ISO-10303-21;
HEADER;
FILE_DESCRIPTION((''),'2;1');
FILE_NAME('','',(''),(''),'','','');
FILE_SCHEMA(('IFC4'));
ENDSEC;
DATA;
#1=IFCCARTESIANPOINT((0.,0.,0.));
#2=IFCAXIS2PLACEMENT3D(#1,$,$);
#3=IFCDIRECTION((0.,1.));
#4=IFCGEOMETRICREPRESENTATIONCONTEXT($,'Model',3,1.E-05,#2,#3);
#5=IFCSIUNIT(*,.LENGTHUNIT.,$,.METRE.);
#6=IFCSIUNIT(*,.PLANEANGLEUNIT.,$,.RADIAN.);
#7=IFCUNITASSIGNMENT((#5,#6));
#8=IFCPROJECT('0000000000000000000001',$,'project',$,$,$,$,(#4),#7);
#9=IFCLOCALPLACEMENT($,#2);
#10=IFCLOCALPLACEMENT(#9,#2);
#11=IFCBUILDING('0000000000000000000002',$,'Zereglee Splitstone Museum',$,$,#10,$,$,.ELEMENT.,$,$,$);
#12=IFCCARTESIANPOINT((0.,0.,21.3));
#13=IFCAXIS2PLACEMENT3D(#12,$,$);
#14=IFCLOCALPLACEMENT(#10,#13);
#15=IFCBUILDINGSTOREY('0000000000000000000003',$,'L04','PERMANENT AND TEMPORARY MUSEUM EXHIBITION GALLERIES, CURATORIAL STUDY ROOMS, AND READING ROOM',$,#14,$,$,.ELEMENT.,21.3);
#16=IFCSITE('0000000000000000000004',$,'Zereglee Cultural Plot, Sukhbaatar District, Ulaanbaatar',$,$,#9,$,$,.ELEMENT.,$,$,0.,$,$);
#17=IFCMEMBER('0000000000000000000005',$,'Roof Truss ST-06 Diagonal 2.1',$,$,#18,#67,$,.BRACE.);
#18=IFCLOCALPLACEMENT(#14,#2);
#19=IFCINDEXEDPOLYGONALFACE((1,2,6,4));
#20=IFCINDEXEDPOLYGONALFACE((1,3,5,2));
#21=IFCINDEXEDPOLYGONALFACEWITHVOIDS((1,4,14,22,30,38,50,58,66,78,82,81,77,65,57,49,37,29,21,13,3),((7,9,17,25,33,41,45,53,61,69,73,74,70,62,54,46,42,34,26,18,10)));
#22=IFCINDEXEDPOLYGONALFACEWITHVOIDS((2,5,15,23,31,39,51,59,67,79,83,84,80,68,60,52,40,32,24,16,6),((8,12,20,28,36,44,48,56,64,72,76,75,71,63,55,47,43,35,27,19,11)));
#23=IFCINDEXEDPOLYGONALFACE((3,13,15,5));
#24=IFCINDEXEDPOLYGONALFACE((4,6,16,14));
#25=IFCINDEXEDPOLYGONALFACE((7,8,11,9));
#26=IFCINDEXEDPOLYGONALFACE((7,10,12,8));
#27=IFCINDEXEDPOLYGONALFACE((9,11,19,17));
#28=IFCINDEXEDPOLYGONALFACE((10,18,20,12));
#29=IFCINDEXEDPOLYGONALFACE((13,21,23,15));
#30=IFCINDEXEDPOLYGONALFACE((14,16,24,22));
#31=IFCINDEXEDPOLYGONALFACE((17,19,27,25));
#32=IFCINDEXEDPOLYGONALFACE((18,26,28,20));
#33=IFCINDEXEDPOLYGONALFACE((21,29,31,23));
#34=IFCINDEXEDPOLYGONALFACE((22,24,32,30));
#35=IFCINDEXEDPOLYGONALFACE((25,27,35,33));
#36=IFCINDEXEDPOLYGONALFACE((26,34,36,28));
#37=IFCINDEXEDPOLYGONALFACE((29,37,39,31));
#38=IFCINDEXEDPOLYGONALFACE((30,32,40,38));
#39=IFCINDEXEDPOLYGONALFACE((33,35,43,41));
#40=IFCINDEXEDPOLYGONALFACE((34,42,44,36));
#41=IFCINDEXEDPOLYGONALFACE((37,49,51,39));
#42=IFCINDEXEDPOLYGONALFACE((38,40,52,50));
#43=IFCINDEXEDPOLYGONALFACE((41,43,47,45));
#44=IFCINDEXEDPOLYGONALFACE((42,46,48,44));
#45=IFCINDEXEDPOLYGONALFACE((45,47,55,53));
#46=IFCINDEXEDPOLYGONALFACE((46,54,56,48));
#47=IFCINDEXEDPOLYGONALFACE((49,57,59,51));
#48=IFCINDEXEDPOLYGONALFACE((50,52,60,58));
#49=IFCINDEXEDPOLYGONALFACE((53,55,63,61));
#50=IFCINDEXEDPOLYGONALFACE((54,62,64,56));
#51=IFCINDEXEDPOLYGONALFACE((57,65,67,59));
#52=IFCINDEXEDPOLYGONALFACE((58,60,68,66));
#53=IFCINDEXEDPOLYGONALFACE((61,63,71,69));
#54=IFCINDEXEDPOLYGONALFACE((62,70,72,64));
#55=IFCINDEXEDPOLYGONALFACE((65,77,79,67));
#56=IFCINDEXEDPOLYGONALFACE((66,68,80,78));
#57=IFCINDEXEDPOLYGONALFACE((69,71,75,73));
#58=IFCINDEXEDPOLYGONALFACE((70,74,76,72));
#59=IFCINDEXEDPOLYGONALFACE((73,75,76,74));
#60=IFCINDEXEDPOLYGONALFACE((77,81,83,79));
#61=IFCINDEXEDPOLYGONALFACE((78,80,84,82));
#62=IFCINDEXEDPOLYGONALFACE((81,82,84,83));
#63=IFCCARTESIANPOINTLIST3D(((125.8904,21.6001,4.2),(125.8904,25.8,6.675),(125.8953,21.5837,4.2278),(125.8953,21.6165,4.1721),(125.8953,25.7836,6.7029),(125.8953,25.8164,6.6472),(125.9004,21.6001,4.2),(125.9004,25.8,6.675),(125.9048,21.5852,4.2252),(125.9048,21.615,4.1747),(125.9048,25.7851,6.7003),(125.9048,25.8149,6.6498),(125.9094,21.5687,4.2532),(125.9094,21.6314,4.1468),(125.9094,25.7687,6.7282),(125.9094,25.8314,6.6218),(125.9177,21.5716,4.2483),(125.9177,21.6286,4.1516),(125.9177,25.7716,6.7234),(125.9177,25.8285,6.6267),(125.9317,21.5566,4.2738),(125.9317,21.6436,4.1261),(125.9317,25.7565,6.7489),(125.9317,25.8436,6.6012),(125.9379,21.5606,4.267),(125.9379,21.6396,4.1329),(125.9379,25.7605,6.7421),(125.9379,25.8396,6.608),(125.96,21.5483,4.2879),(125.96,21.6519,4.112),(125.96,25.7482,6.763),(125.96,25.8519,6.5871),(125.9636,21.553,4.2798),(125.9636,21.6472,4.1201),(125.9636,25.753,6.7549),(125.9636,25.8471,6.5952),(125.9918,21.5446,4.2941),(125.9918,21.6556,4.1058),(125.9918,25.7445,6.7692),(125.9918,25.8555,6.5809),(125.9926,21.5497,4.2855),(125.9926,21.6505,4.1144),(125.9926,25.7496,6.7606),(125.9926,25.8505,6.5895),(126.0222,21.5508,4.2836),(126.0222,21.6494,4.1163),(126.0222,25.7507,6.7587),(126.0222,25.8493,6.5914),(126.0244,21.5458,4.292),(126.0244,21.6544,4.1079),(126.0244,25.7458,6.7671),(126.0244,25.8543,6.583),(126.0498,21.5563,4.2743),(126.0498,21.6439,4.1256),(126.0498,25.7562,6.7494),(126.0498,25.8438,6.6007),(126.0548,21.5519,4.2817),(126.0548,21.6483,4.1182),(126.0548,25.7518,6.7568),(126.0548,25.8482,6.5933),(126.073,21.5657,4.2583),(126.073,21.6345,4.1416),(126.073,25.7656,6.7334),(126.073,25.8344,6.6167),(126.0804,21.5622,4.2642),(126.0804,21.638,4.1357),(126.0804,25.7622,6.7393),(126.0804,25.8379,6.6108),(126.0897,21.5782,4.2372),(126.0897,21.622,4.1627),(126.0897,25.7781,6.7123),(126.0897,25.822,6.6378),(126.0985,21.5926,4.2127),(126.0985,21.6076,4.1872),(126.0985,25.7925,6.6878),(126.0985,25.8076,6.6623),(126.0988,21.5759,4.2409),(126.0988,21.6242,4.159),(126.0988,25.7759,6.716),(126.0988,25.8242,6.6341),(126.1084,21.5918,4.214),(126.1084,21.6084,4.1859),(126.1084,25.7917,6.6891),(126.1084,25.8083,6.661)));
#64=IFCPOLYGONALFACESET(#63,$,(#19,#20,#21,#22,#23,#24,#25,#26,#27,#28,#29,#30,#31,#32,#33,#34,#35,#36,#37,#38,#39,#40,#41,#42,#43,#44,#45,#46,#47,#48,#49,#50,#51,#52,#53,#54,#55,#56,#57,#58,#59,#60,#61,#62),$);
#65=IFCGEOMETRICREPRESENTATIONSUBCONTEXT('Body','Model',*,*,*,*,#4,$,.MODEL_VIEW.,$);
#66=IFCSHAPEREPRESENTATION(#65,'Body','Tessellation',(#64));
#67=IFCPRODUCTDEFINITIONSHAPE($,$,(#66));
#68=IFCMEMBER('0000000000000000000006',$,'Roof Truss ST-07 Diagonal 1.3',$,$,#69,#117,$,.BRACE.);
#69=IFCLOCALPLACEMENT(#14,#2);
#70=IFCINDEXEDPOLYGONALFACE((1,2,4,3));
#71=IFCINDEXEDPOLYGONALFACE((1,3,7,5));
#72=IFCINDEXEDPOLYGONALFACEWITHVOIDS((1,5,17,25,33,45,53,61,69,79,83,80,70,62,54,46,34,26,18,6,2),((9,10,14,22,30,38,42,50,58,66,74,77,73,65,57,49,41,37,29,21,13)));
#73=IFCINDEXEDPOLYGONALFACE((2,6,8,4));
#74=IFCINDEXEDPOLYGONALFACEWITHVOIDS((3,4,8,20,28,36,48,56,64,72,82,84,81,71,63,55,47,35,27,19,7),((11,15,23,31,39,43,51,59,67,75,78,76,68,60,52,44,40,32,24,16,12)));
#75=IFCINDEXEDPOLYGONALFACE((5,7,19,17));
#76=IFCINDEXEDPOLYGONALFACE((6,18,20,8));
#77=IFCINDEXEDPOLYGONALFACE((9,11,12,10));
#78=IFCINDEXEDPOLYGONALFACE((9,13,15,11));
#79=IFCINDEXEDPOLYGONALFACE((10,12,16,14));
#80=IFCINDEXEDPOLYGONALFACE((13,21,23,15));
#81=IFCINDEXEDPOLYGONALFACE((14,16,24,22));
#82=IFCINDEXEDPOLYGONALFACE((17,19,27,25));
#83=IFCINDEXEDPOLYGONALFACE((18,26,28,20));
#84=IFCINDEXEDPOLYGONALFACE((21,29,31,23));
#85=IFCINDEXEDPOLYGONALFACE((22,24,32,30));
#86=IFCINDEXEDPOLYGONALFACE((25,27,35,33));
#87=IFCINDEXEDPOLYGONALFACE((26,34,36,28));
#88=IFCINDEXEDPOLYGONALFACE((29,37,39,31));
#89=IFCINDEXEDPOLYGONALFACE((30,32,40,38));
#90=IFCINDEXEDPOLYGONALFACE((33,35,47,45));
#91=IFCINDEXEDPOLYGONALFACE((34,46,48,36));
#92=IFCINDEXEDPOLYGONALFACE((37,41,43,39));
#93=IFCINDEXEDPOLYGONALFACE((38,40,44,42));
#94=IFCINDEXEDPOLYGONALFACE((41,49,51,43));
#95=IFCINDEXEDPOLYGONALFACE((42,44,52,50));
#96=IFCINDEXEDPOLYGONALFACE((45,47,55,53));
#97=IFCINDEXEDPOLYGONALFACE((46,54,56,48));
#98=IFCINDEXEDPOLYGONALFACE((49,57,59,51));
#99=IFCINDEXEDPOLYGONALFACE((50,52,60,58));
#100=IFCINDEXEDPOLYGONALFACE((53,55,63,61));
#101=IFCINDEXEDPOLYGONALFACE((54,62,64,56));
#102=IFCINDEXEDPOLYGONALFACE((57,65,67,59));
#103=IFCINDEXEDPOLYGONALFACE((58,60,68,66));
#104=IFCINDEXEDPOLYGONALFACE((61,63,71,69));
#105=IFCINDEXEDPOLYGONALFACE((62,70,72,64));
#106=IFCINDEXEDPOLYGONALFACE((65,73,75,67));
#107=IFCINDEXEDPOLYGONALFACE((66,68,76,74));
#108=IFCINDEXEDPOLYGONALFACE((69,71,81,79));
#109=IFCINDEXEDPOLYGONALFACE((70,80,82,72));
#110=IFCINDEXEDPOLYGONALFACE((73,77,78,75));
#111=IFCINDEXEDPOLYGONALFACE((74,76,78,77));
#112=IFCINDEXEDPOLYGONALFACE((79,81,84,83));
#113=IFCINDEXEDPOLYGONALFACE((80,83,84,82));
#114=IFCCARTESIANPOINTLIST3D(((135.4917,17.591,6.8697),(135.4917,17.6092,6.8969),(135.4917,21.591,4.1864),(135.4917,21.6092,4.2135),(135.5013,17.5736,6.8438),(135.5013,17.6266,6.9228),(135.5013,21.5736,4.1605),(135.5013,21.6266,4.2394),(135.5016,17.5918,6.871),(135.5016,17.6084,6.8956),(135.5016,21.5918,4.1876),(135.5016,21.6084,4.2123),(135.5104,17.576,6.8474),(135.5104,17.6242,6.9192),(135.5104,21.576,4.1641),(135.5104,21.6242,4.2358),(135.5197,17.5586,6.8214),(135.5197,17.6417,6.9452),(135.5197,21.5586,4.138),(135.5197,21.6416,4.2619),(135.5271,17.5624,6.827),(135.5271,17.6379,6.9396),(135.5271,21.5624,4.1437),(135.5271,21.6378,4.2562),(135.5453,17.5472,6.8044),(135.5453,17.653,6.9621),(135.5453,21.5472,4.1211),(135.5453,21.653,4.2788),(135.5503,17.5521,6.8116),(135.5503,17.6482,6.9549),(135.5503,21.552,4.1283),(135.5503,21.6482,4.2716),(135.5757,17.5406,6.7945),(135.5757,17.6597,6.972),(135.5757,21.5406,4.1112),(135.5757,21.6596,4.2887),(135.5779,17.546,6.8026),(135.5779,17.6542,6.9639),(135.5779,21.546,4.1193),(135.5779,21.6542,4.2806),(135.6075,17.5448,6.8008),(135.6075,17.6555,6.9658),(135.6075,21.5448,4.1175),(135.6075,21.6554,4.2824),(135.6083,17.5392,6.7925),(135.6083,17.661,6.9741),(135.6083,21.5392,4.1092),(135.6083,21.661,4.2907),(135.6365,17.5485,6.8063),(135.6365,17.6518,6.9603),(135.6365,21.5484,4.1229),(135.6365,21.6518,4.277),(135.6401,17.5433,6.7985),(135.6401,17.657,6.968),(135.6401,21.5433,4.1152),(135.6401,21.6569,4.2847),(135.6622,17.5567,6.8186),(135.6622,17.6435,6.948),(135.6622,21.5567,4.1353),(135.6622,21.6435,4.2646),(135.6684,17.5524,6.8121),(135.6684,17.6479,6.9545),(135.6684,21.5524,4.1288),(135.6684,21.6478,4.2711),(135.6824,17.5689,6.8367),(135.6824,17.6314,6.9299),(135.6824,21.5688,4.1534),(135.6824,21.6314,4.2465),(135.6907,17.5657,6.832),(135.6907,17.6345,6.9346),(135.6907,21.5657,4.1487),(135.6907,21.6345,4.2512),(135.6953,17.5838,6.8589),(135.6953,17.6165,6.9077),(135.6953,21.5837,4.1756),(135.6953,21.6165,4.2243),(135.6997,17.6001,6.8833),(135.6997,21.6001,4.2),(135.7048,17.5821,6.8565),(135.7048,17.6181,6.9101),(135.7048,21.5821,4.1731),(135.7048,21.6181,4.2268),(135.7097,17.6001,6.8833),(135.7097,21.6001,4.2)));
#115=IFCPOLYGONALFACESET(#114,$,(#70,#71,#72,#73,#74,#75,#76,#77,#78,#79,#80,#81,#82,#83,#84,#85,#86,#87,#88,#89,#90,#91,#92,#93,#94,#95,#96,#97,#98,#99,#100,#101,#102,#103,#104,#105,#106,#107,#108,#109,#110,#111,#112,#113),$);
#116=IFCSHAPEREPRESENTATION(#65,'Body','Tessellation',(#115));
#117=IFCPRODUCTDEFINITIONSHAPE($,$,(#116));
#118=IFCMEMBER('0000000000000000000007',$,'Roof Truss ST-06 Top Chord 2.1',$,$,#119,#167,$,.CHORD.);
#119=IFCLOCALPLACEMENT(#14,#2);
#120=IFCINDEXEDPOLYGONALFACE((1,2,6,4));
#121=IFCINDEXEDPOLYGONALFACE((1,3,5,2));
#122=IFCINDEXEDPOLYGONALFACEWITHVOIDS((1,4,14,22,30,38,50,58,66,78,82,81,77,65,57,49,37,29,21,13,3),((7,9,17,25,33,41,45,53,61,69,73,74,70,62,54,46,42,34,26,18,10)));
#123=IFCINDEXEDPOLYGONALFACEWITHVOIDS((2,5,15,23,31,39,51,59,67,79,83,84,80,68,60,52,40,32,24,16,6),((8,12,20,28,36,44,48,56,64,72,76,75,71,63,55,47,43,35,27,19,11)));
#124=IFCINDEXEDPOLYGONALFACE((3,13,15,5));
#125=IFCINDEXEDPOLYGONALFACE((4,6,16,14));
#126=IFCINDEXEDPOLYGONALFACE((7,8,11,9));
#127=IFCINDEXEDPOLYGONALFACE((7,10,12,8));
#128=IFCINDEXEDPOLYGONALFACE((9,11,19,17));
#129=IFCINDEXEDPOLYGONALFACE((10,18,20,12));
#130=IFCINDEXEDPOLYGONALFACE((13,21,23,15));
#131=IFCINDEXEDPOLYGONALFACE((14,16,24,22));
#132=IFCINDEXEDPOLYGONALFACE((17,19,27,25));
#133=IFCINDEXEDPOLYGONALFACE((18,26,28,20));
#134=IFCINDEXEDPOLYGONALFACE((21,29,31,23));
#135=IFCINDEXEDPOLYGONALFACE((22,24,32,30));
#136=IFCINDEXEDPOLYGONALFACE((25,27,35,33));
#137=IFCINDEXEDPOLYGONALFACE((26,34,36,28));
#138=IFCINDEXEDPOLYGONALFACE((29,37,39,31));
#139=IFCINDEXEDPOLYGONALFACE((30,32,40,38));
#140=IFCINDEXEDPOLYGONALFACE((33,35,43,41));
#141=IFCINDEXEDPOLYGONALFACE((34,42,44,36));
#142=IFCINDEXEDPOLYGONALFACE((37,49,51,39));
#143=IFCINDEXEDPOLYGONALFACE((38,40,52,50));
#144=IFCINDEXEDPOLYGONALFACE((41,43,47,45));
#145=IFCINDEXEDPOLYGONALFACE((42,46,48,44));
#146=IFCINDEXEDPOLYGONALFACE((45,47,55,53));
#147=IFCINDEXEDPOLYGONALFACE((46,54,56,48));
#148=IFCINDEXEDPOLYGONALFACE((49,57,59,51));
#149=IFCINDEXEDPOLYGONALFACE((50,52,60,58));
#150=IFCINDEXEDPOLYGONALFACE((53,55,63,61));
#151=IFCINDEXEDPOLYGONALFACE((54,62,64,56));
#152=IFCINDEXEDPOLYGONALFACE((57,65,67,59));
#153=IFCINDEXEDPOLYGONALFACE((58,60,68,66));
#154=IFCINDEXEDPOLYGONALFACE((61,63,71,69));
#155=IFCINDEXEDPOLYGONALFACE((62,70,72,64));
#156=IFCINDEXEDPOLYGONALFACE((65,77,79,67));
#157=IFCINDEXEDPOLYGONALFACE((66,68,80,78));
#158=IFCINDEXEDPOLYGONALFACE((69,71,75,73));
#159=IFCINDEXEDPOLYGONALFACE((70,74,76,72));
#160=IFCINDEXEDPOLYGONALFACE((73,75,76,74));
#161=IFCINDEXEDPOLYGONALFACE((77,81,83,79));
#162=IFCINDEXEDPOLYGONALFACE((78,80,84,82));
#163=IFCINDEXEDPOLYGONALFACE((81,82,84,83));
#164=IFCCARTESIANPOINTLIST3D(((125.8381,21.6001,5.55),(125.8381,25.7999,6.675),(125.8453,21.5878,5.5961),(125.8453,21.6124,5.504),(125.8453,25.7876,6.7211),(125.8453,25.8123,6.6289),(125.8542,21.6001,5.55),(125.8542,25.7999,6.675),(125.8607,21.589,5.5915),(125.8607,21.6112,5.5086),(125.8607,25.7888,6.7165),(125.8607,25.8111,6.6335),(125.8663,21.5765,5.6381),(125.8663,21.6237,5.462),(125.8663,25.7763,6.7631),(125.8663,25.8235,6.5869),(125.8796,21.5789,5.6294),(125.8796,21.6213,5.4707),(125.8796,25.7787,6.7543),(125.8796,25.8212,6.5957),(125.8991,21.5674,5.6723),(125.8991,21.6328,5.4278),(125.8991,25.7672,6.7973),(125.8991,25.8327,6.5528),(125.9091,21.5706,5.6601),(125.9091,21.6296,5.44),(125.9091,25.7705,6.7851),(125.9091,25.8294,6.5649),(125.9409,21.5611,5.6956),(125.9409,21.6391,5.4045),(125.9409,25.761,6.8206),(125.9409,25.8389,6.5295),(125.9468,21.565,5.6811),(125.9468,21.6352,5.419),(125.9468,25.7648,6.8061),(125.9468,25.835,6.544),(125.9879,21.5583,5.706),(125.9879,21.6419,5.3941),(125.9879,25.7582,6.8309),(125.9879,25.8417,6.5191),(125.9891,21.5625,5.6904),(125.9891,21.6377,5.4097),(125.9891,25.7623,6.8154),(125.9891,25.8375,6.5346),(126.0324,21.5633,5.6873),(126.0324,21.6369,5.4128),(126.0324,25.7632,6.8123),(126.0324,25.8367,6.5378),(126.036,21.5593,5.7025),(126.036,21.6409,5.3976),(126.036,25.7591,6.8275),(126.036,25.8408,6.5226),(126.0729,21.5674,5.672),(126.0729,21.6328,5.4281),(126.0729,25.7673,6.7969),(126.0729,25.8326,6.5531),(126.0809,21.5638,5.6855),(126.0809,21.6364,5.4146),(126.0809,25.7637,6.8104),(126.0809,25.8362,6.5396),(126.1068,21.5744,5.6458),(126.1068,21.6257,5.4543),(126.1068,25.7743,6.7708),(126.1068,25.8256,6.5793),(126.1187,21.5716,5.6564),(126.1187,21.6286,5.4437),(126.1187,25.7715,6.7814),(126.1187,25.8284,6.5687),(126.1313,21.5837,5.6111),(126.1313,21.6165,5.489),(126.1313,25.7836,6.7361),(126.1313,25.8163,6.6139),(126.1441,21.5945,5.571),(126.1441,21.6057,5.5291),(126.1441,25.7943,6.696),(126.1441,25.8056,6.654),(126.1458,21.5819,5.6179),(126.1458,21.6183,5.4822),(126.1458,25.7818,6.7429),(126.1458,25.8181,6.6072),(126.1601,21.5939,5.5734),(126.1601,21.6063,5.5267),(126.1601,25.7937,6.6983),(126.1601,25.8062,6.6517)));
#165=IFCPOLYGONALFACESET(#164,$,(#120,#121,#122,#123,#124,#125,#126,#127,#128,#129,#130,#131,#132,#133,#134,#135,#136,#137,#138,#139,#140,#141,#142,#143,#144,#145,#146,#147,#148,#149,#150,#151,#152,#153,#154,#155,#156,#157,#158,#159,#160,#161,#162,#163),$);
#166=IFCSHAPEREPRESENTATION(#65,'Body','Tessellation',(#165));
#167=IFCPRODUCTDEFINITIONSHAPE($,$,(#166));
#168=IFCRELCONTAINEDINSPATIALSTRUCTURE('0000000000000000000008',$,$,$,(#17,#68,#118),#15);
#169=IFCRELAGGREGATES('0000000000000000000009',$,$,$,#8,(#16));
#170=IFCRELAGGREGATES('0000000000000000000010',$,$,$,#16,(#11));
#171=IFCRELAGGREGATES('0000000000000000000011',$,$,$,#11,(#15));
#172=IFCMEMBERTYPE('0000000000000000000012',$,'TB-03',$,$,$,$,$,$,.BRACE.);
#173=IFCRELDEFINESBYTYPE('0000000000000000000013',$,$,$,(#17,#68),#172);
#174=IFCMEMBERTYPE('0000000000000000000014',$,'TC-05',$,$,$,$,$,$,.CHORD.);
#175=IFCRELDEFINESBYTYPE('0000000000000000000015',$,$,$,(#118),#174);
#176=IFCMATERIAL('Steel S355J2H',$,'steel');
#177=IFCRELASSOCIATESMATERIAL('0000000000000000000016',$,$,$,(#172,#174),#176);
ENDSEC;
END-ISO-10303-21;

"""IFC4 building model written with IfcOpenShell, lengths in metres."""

from ifc_helpers import new_model, si_unit, direction, frame, origin, origin_2d, place, context, subcontext, project, spatial, hollow_circle, extrude, material, material_profile, profile_set, type_object, element, save


model = new_model("IFC4")

# Units and contexts
model_context = context("Model", 3, precision=1e-05, world=origin(), true_north=direction((0.0, 1.0)))
body_context = subcontext(model_context, "Body", "Model", "MODEL_VIEW")
ifc_project = project(units=[si_unit("LENGTHUNIT", "METRE"), si_unit("PLANEANGLEUNIT", "RADIAN")], contexts=[model_context])

# Site, building, storey
site_placement = place(None, origin())
site = spatial("IfcSite", under=ifc_project, at=site_placement, Name="Zereglee Cultural Plot, Sukhbaatar District, Ulaanbaatar", CompositionType="ELEMENT", RefElevation=0.0)
building_placement = place(site_placement, origin())
building = spatial("IfcBuilding", under=site, at=building_placement, Name="Zereglee Splitstone Museum", CompositionType="ELEMENT")
storey_placement = place(building_placement, frame((0.0, 0.0, 21.3)))
storey = spatial("IfcBuildingStorey", under=building, at=storey_placement, Name="L04", Description="PERMANENT AND TEMPORARY MUSEUM EXHIBITION GALLERIES, CURATORIAL STUDY ROOMS, AND READING ROOM", CompositionType="ELEMENT", Elevation=21.3)

# Shared definitions
ifc_material_1 = material(Name="Steel S355J2H", Category="steel")

# Members
ifc_material_profile_1 = material_profile(ifc_material_1, hollow_circle(Radius=0.1096, WallThickness=0.01, at=origin_2d()), Name="CHS 219.1x10")
ifc_profile_set_1 = profile_set([ifc_material_profile_1], Name="Steel S355J2H")
member_type_1 = type_object("IfcMemberType", Name="TB-03", PredefinedType="BRACE", material=ifc_profile_set_1)
member_1_placement = place(storey_placement, frame((126.0, 21.6001, 4.2), z_axis=(0.0, 0.861527, 0.507712), x_axis=(-1.0, 0.0, 0.0)))
element("IfcMember", 1, at=member_1_placement, inside=storey, type_object=member_type_1, Name="Roof Truss ST-06 Diagonal 2.1", PredefinedType="BRACE", context=body_context, shape_type="SweptSolid", body=[
    extrude(hollow_circle(Radius=0.1096, WallThickness=0.01, at=origin_2d()), origin(), (0.0, 0.0, 1.0), 4.875),
])
member_2_placement = place(storey_placement, frame((135.6001, 21.6001, 4.2), z_axis=(0.0, -0.830448, 0.557096), x_axis=(1.0, 0.0, 0.0)))
element("IfcMember", 2, at=member_2_placement, inside=storey, type_object=member_type_1, Name="Roof Truss ST-07 Diagonal 1.3", PredefinedType="BRACE", context=body_context, shape_type="SweptSolid", body=[
    extrude(hollow_circle(Radius=0.1096, WallThickness=0.01, at=origin_2d()), origin(), (0.0, 0.0, 1.0), 4.8167),
])
ifc_material_profile_2 = material_profile(ifc_material_1, hollow_circle(Radius=0.1619, WallThickness=0.0161, at=origin_2d()), Name="CHS 323.9x16")
ifc_profile_set_2 = profile_set([ifc_material_profile_2], Name="Steel S355J2H")
member_type_2 = type_object("IfcMemberType", Name="TC-05", PredefinedType="CHORD", material=ifc_profile_set_2)
member_3_placement = place(storey_placement, frame((126.0, 21.6001, 5.55), z_axis=(0.0, 0.965947, 0.258739), x_axis=(-1.0, 0.0, 0.0)))
element("IfcMember", 3, at=member_3_placement, inside=storey, type_object=member_type_2, Name="Roof Truss ST-06 Top Chord 2.1", PredefinedType="CHORD", context=body_context, shape_type="SweptSolid", body=[
    extrude(hollow_circle(Radius=0.1619, WallThickness=0.0161, at=origin_2d()), origin(), (0.0, 0.0, 1.0), 4.3479),
])

save(model, "model.ifc")
